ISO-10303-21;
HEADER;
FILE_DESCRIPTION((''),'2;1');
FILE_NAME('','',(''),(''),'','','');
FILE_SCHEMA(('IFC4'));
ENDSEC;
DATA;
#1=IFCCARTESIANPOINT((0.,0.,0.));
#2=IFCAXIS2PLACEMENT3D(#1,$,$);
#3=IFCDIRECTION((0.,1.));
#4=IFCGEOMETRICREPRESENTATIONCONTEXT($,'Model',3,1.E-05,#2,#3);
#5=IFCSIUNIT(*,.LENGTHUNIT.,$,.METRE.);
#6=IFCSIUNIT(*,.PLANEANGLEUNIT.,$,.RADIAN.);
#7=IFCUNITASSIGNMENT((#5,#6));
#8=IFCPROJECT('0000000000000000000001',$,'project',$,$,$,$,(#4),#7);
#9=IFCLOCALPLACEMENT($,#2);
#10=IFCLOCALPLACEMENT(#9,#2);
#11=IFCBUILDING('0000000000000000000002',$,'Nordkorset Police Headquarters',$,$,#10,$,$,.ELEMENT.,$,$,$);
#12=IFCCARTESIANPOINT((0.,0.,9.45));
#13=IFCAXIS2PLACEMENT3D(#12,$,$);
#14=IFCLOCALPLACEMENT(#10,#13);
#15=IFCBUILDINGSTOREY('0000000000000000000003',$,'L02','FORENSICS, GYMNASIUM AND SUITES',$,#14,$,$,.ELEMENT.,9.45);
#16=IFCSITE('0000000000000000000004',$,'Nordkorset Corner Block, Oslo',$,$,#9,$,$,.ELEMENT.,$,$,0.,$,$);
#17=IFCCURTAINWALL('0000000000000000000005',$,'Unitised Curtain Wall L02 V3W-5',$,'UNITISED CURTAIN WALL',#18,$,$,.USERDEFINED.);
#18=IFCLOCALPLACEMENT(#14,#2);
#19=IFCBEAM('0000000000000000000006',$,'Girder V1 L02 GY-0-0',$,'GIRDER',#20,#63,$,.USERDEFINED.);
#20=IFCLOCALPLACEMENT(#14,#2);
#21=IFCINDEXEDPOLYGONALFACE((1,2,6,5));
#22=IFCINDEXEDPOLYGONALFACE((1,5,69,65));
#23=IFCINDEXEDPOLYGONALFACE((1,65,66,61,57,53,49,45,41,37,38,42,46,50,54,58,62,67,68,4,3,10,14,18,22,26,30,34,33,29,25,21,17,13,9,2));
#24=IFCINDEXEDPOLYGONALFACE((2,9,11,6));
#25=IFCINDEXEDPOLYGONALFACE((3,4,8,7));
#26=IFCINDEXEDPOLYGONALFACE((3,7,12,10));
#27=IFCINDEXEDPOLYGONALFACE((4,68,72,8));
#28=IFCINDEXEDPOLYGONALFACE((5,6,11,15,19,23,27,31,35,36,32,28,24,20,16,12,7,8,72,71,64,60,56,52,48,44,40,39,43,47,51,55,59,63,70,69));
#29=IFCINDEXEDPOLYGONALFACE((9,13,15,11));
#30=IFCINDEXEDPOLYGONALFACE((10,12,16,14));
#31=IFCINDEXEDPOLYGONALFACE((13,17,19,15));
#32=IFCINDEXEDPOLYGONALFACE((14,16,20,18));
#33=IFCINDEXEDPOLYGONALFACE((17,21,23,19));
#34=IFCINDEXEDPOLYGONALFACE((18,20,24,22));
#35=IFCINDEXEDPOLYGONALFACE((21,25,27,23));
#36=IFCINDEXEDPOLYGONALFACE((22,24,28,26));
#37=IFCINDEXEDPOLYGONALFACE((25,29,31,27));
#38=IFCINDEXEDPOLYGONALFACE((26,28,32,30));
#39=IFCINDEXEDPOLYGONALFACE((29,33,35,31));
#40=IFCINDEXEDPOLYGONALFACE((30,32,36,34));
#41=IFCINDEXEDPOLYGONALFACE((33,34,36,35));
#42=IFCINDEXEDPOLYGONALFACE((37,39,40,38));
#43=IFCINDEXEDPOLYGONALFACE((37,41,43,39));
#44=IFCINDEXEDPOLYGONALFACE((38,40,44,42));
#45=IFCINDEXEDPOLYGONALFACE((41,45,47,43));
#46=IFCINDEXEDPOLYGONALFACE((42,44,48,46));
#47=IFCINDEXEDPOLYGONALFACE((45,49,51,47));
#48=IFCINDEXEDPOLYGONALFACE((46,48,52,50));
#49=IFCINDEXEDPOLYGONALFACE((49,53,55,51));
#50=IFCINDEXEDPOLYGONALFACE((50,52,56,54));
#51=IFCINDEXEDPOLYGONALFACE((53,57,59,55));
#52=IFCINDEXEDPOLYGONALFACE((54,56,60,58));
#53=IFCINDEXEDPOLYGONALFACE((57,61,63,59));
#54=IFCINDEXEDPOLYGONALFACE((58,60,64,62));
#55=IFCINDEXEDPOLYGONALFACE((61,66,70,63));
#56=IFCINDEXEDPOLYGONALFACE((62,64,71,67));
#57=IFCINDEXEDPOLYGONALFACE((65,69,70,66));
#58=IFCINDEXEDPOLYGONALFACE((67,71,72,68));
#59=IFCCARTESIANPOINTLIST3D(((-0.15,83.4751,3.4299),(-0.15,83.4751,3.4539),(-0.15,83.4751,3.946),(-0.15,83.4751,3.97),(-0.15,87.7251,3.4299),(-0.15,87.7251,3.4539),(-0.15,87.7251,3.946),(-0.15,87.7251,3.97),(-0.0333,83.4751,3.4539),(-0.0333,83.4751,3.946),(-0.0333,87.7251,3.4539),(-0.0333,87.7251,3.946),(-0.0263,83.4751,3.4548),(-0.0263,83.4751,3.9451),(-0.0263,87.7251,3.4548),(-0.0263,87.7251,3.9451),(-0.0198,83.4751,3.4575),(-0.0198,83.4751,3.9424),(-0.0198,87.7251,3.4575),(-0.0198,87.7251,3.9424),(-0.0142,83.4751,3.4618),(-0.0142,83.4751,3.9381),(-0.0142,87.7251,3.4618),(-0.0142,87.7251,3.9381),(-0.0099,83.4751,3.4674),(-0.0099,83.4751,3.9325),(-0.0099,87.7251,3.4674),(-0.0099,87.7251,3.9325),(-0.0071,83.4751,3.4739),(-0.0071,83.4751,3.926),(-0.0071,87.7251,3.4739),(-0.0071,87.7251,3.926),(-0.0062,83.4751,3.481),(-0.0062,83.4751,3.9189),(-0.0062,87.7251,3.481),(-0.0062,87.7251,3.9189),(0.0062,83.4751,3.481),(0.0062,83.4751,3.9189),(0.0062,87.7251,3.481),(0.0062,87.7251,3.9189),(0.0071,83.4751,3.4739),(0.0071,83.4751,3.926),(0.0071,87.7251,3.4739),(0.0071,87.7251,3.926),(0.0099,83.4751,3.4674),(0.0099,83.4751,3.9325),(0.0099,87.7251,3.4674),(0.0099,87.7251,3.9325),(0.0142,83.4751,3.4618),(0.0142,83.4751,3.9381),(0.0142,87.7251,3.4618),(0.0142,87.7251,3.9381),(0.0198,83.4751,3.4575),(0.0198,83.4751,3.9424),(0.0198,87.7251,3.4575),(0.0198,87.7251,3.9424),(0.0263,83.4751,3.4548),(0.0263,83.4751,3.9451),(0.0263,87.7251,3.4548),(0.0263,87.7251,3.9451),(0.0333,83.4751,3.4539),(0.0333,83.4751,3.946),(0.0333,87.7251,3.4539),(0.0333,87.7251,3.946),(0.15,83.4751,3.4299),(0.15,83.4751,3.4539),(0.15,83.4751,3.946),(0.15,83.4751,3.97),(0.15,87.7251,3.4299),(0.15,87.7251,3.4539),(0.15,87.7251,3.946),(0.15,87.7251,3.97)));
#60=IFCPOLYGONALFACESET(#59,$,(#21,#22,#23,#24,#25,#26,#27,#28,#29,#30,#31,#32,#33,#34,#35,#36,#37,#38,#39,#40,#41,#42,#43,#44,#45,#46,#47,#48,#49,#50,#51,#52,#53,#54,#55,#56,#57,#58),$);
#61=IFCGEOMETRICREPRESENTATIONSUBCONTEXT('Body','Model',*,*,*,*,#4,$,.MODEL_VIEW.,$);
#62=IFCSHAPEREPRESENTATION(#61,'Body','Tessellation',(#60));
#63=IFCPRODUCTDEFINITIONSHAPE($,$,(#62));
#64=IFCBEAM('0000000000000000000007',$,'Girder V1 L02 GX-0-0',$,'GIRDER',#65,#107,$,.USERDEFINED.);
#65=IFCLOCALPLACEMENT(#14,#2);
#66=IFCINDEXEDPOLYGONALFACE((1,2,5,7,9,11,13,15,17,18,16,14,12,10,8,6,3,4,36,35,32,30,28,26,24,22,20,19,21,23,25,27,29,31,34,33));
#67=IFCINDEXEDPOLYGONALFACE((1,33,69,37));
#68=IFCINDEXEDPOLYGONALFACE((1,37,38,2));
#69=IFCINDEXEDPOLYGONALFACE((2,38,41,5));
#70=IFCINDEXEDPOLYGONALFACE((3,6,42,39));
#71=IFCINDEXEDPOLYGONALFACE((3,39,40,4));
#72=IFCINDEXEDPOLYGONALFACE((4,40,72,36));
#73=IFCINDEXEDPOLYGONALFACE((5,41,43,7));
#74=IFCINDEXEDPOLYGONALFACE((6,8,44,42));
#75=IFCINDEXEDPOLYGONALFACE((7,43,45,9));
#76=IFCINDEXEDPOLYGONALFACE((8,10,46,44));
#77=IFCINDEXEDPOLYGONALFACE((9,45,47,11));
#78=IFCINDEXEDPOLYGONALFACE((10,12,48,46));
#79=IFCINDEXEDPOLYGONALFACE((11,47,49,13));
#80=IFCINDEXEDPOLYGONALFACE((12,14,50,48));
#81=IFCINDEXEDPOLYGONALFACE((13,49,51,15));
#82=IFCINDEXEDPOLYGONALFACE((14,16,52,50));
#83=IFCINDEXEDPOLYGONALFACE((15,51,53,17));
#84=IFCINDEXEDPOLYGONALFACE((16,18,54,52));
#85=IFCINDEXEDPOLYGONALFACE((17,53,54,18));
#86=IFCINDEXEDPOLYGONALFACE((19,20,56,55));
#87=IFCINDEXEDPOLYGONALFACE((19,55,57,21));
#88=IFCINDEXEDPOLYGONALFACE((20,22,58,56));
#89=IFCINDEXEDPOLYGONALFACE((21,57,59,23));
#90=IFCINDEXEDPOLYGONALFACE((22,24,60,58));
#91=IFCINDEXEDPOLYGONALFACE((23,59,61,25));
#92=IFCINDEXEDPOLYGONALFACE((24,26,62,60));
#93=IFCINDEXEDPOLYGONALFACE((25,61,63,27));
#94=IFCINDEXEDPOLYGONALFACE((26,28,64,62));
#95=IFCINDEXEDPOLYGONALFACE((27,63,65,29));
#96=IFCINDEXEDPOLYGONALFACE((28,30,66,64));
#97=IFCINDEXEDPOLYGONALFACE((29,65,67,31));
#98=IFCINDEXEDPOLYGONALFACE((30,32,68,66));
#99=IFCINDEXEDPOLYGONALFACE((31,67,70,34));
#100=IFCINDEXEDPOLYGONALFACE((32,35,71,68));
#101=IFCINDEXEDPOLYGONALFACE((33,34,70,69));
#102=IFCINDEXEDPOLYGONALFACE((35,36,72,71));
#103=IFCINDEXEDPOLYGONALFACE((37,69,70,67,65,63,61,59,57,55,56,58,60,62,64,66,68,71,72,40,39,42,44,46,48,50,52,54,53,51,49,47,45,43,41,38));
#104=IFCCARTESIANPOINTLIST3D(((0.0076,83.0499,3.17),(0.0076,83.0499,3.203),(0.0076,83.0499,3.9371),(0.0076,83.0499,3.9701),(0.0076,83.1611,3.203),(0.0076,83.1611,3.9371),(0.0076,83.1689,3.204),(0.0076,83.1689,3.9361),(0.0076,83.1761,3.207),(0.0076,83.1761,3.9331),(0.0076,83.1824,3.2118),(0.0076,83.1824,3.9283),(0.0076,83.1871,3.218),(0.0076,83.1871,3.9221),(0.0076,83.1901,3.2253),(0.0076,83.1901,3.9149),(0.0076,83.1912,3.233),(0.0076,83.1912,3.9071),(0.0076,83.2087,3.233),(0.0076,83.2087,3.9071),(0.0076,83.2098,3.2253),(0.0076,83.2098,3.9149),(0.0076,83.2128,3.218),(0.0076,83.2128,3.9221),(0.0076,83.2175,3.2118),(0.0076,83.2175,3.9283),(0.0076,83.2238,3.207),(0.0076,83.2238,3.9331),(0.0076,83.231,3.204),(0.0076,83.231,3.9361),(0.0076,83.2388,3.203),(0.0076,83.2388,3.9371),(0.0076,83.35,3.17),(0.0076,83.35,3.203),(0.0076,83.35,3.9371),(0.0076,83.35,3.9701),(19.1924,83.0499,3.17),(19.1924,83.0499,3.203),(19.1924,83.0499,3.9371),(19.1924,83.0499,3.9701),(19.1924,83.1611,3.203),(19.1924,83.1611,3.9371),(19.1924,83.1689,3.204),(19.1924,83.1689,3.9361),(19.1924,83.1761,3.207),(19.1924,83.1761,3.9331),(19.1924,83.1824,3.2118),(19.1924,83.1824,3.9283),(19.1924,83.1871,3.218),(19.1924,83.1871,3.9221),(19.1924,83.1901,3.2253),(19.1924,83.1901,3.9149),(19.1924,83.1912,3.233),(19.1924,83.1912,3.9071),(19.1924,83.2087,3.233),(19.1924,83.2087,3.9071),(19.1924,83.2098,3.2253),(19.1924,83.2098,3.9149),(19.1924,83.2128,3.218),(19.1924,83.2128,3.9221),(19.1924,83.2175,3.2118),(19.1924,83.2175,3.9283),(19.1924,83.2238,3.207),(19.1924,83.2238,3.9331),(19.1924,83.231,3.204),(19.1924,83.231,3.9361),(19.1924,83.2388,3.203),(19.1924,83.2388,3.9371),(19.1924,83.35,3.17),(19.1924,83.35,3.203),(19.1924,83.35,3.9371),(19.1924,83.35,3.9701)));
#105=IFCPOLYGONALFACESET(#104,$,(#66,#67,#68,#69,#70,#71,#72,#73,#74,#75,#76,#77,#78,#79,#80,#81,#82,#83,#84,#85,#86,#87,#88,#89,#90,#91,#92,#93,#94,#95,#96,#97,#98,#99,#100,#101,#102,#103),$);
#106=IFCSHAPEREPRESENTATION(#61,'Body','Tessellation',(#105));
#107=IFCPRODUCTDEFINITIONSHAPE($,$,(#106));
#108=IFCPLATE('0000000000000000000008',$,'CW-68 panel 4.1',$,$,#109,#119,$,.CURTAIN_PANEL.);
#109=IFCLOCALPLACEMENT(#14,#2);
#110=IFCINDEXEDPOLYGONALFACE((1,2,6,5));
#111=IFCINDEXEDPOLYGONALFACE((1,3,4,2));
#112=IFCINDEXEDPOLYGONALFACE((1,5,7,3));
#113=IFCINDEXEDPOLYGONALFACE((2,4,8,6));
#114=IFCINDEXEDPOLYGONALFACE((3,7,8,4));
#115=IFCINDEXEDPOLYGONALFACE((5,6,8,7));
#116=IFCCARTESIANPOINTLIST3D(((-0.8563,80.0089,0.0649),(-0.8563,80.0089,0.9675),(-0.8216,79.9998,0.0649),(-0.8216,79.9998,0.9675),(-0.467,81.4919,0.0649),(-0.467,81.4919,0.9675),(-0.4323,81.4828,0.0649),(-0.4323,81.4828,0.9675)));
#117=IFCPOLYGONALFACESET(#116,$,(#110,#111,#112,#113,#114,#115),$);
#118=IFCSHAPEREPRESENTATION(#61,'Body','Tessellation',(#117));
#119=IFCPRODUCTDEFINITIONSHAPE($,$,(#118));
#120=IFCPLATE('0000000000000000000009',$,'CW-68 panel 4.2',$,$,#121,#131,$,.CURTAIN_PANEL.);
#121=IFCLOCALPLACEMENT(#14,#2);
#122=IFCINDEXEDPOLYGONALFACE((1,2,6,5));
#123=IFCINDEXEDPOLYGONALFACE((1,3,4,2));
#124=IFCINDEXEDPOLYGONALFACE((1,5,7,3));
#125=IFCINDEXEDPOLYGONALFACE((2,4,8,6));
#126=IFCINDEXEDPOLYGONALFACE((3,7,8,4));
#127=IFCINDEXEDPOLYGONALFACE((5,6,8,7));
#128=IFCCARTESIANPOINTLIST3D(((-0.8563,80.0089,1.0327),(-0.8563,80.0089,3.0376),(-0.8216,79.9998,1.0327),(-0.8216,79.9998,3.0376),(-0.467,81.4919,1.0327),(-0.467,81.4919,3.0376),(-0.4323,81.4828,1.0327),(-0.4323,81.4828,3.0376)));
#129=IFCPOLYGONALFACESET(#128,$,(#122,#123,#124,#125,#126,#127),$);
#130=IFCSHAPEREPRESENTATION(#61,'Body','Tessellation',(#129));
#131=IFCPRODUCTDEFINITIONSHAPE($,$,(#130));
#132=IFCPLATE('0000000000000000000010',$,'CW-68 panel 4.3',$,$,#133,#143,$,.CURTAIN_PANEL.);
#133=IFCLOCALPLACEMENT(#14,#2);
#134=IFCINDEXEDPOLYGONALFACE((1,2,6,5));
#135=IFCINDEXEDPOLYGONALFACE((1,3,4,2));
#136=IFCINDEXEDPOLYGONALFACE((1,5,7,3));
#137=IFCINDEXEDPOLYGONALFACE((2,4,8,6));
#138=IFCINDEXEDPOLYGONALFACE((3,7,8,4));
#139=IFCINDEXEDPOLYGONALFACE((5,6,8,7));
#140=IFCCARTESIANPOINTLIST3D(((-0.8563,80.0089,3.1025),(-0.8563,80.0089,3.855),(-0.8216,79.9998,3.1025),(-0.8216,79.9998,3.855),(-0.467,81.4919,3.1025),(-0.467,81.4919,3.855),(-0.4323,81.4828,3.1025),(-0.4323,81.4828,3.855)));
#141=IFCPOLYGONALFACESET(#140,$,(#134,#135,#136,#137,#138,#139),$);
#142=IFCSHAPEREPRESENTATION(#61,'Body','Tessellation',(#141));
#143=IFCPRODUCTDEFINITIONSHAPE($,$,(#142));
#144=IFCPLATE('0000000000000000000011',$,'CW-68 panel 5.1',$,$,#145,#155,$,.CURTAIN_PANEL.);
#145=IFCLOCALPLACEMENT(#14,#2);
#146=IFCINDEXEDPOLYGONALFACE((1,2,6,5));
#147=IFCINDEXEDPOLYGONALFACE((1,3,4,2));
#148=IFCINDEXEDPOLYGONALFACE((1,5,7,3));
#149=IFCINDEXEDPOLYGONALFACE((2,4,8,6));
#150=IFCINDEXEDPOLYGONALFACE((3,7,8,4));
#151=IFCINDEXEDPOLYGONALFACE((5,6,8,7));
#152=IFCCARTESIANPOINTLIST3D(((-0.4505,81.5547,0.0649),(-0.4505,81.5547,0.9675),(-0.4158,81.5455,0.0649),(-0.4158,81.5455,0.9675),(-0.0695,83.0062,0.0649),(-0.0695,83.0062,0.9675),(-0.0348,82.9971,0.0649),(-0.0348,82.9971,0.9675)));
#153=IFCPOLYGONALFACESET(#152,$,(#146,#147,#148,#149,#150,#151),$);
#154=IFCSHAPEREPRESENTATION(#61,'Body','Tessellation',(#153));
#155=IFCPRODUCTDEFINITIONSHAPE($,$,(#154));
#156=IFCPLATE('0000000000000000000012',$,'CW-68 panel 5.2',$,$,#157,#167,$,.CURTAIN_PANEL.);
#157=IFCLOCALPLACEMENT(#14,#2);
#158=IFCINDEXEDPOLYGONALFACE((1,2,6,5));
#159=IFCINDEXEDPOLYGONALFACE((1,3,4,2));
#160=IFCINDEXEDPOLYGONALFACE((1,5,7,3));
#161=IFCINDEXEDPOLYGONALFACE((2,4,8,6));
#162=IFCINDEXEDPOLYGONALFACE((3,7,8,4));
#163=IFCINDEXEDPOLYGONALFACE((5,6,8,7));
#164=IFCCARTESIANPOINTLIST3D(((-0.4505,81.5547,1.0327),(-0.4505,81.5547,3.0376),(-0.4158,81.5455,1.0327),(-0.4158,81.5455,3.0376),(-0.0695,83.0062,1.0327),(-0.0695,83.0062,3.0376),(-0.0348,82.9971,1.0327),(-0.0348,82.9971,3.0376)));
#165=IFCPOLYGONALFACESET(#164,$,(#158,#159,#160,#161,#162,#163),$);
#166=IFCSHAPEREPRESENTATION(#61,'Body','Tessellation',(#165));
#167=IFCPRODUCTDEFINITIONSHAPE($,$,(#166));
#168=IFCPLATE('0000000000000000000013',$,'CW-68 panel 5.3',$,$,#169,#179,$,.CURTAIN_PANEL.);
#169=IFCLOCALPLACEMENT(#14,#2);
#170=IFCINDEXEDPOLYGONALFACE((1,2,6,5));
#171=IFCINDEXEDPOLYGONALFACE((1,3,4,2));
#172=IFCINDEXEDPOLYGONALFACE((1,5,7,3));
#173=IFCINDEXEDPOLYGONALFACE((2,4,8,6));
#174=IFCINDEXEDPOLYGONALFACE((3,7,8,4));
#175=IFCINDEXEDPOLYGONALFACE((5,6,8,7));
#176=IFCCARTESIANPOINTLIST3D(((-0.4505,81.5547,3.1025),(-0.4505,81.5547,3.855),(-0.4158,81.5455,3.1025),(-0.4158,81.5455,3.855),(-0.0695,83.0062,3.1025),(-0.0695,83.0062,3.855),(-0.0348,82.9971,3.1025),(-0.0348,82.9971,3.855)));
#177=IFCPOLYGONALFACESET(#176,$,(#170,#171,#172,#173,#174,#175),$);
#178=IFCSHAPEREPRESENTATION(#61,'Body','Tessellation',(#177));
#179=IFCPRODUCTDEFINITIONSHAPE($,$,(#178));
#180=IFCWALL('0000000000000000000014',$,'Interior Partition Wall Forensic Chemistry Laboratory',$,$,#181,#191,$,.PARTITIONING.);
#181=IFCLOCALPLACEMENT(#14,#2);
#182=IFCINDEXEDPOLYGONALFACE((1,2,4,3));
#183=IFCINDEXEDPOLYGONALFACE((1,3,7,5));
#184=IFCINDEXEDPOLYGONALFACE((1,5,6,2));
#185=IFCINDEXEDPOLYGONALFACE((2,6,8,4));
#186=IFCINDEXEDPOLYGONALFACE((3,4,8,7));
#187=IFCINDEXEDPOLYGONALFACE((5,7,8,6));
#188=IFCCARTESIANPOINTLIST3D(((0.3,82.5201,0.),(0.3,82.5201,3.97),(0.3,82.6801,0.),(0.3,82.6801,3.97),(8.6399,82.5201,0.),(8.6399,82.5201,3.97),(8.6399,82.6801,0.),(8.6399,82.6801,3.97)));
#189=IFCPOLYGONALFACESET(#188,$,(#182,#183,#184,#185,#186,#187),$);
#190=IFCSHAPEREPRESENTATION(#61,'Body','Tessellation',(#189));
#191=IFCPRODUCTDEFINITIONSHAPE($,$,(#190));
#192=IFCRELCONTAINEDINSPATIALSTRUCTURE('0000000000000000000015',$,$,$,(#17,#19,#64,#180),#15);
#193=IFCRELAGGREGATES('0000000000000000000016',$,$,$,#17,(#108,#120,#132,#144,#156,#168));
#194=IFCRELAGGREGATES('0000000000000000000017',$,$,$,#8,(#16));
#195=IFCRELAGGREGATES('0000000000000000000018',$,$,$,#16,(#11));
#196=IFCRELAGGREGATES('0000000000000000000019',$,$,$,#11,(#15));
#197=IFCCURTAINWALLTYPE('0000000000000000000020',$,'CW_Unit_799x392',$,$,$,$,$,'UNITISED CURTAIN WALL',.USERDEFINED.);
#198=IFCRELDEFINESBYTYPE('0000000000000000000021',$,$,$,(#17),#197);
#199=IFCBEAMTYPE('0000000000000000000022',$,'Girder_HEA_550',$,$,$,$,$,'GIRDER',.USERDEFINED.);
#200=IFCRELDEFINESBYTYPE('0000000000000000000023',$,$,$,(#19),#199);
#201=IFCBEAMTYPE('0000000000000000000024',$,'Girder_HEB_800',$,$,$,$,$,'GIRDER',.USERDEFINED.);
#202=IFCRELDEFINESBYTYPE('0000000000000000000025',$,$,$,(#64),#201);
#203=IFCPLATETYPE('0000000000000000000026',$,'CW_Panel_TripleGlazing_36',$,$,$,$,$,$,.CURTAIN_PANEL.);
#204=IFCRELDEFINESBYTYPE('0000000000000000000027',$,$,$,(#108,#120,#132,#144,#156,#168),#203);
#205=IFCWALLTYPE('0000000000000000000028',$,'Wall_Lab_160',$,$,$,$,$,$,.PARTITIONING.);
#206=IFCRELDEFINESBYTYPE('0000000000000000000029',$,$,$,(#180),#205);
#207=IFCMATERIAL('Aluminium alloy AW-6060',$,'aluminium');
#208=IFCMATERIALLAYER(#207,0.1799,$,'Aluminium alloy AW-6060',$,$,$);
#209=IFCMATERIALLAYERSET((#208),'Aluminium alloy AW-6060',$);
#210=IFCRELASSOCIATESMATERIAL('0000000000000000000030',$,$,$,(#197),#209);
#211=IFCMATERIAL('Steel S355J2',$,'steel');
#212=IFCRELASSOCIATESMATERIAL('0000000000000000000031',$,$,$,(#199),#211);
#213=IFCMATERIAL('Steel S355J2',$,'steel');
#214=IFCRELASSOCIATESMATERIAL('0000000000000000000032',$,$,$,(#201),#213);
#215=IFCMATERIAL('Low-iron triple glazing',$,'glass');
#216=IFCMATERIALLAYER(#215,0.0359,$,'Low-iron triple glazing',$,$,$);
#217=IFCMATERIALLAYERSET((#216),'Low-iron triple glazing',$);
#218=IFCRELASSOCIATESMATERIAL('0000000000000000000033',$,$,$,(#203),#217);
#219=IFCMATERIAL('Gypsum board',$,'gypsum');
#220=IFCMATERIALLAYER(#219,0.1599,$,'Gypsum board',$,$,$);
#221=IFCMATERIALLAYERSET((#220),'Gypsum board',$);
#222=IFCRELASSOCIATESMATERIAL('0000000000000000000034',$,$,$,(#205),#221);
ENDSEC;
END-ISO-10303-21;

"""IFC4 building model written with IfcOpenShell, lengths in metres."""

from ifc_helpers import new_model, si_unit, direction, frame, frame_2d, origin, origin_2d, place, context, subcontext, project, spatial, rectangle, i_section, extrude, material, layer, layer_set, material_profile, profile_set, type_object, element, aggregate, save


model = new_model("IFC4")

# Units and contexts
model_context = context("Model", 3, precision=1e-05, world=origin(), true_north=direction((0.0, 1.0)))
body_context = subcontext(model_context, "Body", "Model", "MODEL_VIEW")
ifc_project = project(units=[si_unit("LENGTHUNIT", "METRE"), si_unit("PLANEANGLEUNIT", "RADIAN")], contexts=[model_context])

# Site, building, storey
site_placement = place(None, origin())
site = spatial("IfcSite", under=ifc_project, at=site_placement, Name="Nordkorset Corner Block, Oslo", CompositionType="ELEMENT", RefElevation=0.0)
building_placement = place(site_placement, origin())
building = spatial("IfcBuilding", under=site, at=building_placement, Name="Nordkorset Police Headquarters", CompositionType="ELEMENT")
storey_placement = place(building_placement, frame((0.0, 0.0, 9.45)))
storey = spatial("IfcBuildingStorey", under=building, at=storey_placement, Name="L02", Description="FORENSICS, GYMNASIUM AND SUITES", CompositionType="ELEMENT", Elevation=9.45)

# Curtain wall
ifc_material_1 = material(Name="Aluminium alloy AW-6060", Category="aluminium")
ifc_layer_1 = layer(ifc_material_1, 0.1799, Name="Aluminium alloy AW-6060")
ifc_layer_set_1 = layer_set([ifc_layer_1], Name="Aluminium alloy AW-6060")
curtain_wall_type = type_object("IfcCurtainWallType", Name="CW_Unit_799x392", ElementType="UNITISED CURTAIN WALL", PredefinedType="USERDEFINED", material=ifc_layer_set_1)
curtain_wall_placement = place(storey_placement, origin())
curtain_wall = element("IfcCurtainWall", 1, at=curtain_wall_placement, inside=storey, type_object=curtain_wall_type, Name="Unitised Curtain Wall L02 V3W-5", ObjectType="UNITISED CURTAIN WALL", PredefinedType="USERDEFINED")

# Beams
ifc_material_2 = material(Name="Steel S355J2", Category="steel")
ifc_material_profile_1 = material_profile(ifc_material_2, i_section(OverallWidth=0.3, OverallDepth=0.54, WebThickness=0.0125, FlangeThickness=0.0239, FilletRadius=0.0271, at=origin_2d()), Name="HEA 550")
ifc_profile_set_1 = profile_set([ifc_material_profile_1], Name="Steel S355J2")
beam_type_1 = type_object("IfcBeamType", Name="Girder_HEA_550", ElementType="GIRDER", PredefinedType="USERDEFINED", material=ifc_profile_set_1)
beam_1_placement = place(storey_placement, frame((0.0, 83.4751, 3.7), z_axis=(0.0, 1.0, 0.0), x_axis=(-1.0, 0.0, 0.0)))
element("IfcBeam", 2, at=beam_1_placement, inside=storey, type_object=beam_type_1, Name="Girder V1 L02 GY-0-0", ObjectType="GIRDER", PredefinedType="USERDEFINED", context=body_context, shape_type="SweptSolid", body=[
    extrude(i_section(OverallWidth=0.3, OverallDepth=0.54, WebThickness=0.0125, FlangeThickness=0.0239, FilletRadius=0.0271, at=origin_2d()), origin(), (0.0, 0.0, 1.0), 4.25),
])
ifc_material_3 = material(Name="Steel S355J2", Category="steel")
ifc_material_profile_2 = material_profile(ifc_material_3, i_section(OverallWidth=0.3, OverallDepth=0.8, WebThickness=0.0176, FlangeThickness=0.033, FilletRadius=0.03, at=origin_2d()), Name="HEB 800")
ifc_profile_set_2 = profile_set([ifc_material_profile_2], Name="Steel S355J2")
beam_type_2 = type_object("IfcBeamType", Name="Girder_HEB_800", ElementType="GIRDER", PredefinedType="USERDEFINED", material=ifc_profile_set_2)
beam_2_placement = place(storey_placement, frame((0.0076, 83.2, 3.5701), z_axis=(1.0, 0.0, 0.0), x_axis=(0.0, 1.0, 0.0)))
element("IfcBeam", 3, at=beam_2_placement, inside=storey, type_object=beam_type_2, Name="Girder V1 L02 GX-0-0", ObjectType="GIRDER", PredefinedType="USERDEFINED", context=body_context, shape_type="SweptSolid", body=[
    extrude(i_section(OverallWidth=0.3, OverallDepth=0.8, WebThickness=0.0176, FlangeThickness=0.033, FilletRadius=0.03, at=origin_2d()), origin(), (0.0, 0.0, 1.0), 19.1848),
])

# Plates
ifc_material_4 = material(Name="Low-iron triple glazing", Category="glass")
ifc_layer_2 = layer(ifc_material_4, 0.0359, Name="Low-iron triple glazing")
ifc_layer_set_2 = layer_set([ifc_layer_2], Name="Low-iron triple glazing")
plate_type = type_object("IfcPlateType", Name="CW_Panel_TripleGlazing_36", PredefinedType="CURTAIN_PANEL", material=ifc_layer_set_2)
plate_1_placement = place(storey_placement, frame((-0.6443, 80.7458, 0.0649), z_axis=(0.0, 0.0, 1.0), x_axis=(0.253897, 0.967231, 0.0)))
plate_1 = element("IfcPlate", 4, at=plate_1_placement, type_object=plate_type, Name="CW-68 panel 4.1", PredefinedType="CURTAIN_PANEL", context=body_context, shape_type="SweptSolid", body=[
    extrude(rectangle(XDim=1.5332, YDim=0.0359, at=origin_2d()), origin(), (0.0, 0.0, 1.0), 0.9026),
])
plate_2_placement = place(storey_placement, frame((-0.6443, 80.7458, 1.0327), z_axis=(0.0, 0.0, 1.0), x_axis=(0.253897, 0.967231, 0.0)))
plate_2 = element("IfcPlate", 5, at=plate_2_placement, type_object=plate_type, Name="CW-68 panel 4.2", PredefinedType="CURTAIN_PANEL", context=body_context, shape_type="SweptSolid", body=[
    extrude(rectangle(XDim=1.5332, YDim=0.0359, at=origin_2d()), origin(), (0.0, 0.0, 1.0), 2.0049),
])
plate_3_placement = place(storey_placement, frame((-0.6443, 80.7458, 3.1025), z_axis=(0.0, 0.0, 1.0), x_axis=(0.253897, 0.967231, 0.0)))
plate_3 = element("IfcPlate", 6, at=plate_3_placement, type_object=plate_type, Name="CW-68 panel 4.3", PredefinedType="CURTAIN_PANEL", context=body_context, shape_type="SweptSolid", body=[
    extrude(rectangle(XDim=1.5332, YDim=0.0359, at=origin_2d()), origin(), (0.0, 0.0, 1.0), 0.7524),
])
plate_4_placement = place(storey_placement, frame((-0.2427, 82.2759, 0.0649), z_axis=(0.0, 0.0, 1.0), x_axis=(0.253897, 0.967231, 0.0)))
plate_4 = element("IfcPlate", 7, at=plate_4_placement, type_object=plate_type, Name="CW-68 panel 5.1", PredefinedType="CURTAIN_PANEL", context=body_context, shape_type="SweptSolid", body=[
    extrude(rectangle(XDim=1.5007, YDim=0.0359, at=origin_2d()), origin(), (0.0, 0.0, 1.0), 0.9026),
])
plate_5_placement = place(storey_placement, frame((-0.2427, 82.2759, 1.0327), z_axis=(0.0, 0.0, 1.0), x_axis=(0.253897, 0.967231, 0.0)))
plate_5 = element("IfcPlate", 8, at=plate_5_placement, type_object=plate_type, Name="CW-68 panel 5.2", PredefinedType="CURTAIN_PANEL", context=body_context, shape_type="SweptSolid", body=[
    extrude(rectangle(XDim=1.5007, YDim=0.0359, at=origin_2d()), origin(), (0.0, 0.0, 1.0), 2.0049),
])
plate_6_placement = place(storey_placement, frame((-0.2427, 82.2759, 3.1025), z_axis=(0.0, 0.0, 1.0), x_axis=(0.253897, 0.967231, 0.0)))
plate_6 = element("IfcPlate", 9, at=plate_6_placement, type_object=plate_type, Name="CW-68 panel 5.3", PredefinedType="CURTAIN_PANEL", context=body_context, shape_type="SweptSolid", body=[
    extrude(rectangle(XDim=1.5007, YDim=0.0359, at=origin_2d()), origin(), (0.0, 0.0, 1.0), 0.7524),
])
aggregate(curtain_wall, [plate_1, plate_2, plate_3, plate_4, plate_5, plate_6])

# Wall
ifc_material_5 = material(Name="Gypsum board", Category="gypsum")
ifc_layer_3 = layer(ifc_material_5, 0.1599, Name="Gypsum board")
ifc_layer_set_3 = layer_set([ifc_layer_3], Name="Gypsum board")
wall_type_1 = type_object("IfcWallType", Name="Wall_Lab_160", PredefinedType="PARTITIONING", material=ifc_layer_set_3)
wall_1_placement = place(storey_placement, frame((8.6399, 82.6001, 0.0), z_axis=(0.0, 0.0, 1.0), x_axis=(-1.0, 0.0, 0.0)))
element("IfcWall", 10, at=wall_1_placement, inside=storey, type_object=wall_type_1, Name="Interior Partition Wall Forensic Chemistry Laboratory", PredefinedType="PARTITIONING", context=body_context, shape_type="SweptSolid", body=[
    extrude(rectangle(XDim=8.3398, YDim=0.1599, at=frame_2d((4.1699, 0.0))), origin(), (0.0, 0.0, 1.0), 3.97),
])

save(model, "model.ifc")
